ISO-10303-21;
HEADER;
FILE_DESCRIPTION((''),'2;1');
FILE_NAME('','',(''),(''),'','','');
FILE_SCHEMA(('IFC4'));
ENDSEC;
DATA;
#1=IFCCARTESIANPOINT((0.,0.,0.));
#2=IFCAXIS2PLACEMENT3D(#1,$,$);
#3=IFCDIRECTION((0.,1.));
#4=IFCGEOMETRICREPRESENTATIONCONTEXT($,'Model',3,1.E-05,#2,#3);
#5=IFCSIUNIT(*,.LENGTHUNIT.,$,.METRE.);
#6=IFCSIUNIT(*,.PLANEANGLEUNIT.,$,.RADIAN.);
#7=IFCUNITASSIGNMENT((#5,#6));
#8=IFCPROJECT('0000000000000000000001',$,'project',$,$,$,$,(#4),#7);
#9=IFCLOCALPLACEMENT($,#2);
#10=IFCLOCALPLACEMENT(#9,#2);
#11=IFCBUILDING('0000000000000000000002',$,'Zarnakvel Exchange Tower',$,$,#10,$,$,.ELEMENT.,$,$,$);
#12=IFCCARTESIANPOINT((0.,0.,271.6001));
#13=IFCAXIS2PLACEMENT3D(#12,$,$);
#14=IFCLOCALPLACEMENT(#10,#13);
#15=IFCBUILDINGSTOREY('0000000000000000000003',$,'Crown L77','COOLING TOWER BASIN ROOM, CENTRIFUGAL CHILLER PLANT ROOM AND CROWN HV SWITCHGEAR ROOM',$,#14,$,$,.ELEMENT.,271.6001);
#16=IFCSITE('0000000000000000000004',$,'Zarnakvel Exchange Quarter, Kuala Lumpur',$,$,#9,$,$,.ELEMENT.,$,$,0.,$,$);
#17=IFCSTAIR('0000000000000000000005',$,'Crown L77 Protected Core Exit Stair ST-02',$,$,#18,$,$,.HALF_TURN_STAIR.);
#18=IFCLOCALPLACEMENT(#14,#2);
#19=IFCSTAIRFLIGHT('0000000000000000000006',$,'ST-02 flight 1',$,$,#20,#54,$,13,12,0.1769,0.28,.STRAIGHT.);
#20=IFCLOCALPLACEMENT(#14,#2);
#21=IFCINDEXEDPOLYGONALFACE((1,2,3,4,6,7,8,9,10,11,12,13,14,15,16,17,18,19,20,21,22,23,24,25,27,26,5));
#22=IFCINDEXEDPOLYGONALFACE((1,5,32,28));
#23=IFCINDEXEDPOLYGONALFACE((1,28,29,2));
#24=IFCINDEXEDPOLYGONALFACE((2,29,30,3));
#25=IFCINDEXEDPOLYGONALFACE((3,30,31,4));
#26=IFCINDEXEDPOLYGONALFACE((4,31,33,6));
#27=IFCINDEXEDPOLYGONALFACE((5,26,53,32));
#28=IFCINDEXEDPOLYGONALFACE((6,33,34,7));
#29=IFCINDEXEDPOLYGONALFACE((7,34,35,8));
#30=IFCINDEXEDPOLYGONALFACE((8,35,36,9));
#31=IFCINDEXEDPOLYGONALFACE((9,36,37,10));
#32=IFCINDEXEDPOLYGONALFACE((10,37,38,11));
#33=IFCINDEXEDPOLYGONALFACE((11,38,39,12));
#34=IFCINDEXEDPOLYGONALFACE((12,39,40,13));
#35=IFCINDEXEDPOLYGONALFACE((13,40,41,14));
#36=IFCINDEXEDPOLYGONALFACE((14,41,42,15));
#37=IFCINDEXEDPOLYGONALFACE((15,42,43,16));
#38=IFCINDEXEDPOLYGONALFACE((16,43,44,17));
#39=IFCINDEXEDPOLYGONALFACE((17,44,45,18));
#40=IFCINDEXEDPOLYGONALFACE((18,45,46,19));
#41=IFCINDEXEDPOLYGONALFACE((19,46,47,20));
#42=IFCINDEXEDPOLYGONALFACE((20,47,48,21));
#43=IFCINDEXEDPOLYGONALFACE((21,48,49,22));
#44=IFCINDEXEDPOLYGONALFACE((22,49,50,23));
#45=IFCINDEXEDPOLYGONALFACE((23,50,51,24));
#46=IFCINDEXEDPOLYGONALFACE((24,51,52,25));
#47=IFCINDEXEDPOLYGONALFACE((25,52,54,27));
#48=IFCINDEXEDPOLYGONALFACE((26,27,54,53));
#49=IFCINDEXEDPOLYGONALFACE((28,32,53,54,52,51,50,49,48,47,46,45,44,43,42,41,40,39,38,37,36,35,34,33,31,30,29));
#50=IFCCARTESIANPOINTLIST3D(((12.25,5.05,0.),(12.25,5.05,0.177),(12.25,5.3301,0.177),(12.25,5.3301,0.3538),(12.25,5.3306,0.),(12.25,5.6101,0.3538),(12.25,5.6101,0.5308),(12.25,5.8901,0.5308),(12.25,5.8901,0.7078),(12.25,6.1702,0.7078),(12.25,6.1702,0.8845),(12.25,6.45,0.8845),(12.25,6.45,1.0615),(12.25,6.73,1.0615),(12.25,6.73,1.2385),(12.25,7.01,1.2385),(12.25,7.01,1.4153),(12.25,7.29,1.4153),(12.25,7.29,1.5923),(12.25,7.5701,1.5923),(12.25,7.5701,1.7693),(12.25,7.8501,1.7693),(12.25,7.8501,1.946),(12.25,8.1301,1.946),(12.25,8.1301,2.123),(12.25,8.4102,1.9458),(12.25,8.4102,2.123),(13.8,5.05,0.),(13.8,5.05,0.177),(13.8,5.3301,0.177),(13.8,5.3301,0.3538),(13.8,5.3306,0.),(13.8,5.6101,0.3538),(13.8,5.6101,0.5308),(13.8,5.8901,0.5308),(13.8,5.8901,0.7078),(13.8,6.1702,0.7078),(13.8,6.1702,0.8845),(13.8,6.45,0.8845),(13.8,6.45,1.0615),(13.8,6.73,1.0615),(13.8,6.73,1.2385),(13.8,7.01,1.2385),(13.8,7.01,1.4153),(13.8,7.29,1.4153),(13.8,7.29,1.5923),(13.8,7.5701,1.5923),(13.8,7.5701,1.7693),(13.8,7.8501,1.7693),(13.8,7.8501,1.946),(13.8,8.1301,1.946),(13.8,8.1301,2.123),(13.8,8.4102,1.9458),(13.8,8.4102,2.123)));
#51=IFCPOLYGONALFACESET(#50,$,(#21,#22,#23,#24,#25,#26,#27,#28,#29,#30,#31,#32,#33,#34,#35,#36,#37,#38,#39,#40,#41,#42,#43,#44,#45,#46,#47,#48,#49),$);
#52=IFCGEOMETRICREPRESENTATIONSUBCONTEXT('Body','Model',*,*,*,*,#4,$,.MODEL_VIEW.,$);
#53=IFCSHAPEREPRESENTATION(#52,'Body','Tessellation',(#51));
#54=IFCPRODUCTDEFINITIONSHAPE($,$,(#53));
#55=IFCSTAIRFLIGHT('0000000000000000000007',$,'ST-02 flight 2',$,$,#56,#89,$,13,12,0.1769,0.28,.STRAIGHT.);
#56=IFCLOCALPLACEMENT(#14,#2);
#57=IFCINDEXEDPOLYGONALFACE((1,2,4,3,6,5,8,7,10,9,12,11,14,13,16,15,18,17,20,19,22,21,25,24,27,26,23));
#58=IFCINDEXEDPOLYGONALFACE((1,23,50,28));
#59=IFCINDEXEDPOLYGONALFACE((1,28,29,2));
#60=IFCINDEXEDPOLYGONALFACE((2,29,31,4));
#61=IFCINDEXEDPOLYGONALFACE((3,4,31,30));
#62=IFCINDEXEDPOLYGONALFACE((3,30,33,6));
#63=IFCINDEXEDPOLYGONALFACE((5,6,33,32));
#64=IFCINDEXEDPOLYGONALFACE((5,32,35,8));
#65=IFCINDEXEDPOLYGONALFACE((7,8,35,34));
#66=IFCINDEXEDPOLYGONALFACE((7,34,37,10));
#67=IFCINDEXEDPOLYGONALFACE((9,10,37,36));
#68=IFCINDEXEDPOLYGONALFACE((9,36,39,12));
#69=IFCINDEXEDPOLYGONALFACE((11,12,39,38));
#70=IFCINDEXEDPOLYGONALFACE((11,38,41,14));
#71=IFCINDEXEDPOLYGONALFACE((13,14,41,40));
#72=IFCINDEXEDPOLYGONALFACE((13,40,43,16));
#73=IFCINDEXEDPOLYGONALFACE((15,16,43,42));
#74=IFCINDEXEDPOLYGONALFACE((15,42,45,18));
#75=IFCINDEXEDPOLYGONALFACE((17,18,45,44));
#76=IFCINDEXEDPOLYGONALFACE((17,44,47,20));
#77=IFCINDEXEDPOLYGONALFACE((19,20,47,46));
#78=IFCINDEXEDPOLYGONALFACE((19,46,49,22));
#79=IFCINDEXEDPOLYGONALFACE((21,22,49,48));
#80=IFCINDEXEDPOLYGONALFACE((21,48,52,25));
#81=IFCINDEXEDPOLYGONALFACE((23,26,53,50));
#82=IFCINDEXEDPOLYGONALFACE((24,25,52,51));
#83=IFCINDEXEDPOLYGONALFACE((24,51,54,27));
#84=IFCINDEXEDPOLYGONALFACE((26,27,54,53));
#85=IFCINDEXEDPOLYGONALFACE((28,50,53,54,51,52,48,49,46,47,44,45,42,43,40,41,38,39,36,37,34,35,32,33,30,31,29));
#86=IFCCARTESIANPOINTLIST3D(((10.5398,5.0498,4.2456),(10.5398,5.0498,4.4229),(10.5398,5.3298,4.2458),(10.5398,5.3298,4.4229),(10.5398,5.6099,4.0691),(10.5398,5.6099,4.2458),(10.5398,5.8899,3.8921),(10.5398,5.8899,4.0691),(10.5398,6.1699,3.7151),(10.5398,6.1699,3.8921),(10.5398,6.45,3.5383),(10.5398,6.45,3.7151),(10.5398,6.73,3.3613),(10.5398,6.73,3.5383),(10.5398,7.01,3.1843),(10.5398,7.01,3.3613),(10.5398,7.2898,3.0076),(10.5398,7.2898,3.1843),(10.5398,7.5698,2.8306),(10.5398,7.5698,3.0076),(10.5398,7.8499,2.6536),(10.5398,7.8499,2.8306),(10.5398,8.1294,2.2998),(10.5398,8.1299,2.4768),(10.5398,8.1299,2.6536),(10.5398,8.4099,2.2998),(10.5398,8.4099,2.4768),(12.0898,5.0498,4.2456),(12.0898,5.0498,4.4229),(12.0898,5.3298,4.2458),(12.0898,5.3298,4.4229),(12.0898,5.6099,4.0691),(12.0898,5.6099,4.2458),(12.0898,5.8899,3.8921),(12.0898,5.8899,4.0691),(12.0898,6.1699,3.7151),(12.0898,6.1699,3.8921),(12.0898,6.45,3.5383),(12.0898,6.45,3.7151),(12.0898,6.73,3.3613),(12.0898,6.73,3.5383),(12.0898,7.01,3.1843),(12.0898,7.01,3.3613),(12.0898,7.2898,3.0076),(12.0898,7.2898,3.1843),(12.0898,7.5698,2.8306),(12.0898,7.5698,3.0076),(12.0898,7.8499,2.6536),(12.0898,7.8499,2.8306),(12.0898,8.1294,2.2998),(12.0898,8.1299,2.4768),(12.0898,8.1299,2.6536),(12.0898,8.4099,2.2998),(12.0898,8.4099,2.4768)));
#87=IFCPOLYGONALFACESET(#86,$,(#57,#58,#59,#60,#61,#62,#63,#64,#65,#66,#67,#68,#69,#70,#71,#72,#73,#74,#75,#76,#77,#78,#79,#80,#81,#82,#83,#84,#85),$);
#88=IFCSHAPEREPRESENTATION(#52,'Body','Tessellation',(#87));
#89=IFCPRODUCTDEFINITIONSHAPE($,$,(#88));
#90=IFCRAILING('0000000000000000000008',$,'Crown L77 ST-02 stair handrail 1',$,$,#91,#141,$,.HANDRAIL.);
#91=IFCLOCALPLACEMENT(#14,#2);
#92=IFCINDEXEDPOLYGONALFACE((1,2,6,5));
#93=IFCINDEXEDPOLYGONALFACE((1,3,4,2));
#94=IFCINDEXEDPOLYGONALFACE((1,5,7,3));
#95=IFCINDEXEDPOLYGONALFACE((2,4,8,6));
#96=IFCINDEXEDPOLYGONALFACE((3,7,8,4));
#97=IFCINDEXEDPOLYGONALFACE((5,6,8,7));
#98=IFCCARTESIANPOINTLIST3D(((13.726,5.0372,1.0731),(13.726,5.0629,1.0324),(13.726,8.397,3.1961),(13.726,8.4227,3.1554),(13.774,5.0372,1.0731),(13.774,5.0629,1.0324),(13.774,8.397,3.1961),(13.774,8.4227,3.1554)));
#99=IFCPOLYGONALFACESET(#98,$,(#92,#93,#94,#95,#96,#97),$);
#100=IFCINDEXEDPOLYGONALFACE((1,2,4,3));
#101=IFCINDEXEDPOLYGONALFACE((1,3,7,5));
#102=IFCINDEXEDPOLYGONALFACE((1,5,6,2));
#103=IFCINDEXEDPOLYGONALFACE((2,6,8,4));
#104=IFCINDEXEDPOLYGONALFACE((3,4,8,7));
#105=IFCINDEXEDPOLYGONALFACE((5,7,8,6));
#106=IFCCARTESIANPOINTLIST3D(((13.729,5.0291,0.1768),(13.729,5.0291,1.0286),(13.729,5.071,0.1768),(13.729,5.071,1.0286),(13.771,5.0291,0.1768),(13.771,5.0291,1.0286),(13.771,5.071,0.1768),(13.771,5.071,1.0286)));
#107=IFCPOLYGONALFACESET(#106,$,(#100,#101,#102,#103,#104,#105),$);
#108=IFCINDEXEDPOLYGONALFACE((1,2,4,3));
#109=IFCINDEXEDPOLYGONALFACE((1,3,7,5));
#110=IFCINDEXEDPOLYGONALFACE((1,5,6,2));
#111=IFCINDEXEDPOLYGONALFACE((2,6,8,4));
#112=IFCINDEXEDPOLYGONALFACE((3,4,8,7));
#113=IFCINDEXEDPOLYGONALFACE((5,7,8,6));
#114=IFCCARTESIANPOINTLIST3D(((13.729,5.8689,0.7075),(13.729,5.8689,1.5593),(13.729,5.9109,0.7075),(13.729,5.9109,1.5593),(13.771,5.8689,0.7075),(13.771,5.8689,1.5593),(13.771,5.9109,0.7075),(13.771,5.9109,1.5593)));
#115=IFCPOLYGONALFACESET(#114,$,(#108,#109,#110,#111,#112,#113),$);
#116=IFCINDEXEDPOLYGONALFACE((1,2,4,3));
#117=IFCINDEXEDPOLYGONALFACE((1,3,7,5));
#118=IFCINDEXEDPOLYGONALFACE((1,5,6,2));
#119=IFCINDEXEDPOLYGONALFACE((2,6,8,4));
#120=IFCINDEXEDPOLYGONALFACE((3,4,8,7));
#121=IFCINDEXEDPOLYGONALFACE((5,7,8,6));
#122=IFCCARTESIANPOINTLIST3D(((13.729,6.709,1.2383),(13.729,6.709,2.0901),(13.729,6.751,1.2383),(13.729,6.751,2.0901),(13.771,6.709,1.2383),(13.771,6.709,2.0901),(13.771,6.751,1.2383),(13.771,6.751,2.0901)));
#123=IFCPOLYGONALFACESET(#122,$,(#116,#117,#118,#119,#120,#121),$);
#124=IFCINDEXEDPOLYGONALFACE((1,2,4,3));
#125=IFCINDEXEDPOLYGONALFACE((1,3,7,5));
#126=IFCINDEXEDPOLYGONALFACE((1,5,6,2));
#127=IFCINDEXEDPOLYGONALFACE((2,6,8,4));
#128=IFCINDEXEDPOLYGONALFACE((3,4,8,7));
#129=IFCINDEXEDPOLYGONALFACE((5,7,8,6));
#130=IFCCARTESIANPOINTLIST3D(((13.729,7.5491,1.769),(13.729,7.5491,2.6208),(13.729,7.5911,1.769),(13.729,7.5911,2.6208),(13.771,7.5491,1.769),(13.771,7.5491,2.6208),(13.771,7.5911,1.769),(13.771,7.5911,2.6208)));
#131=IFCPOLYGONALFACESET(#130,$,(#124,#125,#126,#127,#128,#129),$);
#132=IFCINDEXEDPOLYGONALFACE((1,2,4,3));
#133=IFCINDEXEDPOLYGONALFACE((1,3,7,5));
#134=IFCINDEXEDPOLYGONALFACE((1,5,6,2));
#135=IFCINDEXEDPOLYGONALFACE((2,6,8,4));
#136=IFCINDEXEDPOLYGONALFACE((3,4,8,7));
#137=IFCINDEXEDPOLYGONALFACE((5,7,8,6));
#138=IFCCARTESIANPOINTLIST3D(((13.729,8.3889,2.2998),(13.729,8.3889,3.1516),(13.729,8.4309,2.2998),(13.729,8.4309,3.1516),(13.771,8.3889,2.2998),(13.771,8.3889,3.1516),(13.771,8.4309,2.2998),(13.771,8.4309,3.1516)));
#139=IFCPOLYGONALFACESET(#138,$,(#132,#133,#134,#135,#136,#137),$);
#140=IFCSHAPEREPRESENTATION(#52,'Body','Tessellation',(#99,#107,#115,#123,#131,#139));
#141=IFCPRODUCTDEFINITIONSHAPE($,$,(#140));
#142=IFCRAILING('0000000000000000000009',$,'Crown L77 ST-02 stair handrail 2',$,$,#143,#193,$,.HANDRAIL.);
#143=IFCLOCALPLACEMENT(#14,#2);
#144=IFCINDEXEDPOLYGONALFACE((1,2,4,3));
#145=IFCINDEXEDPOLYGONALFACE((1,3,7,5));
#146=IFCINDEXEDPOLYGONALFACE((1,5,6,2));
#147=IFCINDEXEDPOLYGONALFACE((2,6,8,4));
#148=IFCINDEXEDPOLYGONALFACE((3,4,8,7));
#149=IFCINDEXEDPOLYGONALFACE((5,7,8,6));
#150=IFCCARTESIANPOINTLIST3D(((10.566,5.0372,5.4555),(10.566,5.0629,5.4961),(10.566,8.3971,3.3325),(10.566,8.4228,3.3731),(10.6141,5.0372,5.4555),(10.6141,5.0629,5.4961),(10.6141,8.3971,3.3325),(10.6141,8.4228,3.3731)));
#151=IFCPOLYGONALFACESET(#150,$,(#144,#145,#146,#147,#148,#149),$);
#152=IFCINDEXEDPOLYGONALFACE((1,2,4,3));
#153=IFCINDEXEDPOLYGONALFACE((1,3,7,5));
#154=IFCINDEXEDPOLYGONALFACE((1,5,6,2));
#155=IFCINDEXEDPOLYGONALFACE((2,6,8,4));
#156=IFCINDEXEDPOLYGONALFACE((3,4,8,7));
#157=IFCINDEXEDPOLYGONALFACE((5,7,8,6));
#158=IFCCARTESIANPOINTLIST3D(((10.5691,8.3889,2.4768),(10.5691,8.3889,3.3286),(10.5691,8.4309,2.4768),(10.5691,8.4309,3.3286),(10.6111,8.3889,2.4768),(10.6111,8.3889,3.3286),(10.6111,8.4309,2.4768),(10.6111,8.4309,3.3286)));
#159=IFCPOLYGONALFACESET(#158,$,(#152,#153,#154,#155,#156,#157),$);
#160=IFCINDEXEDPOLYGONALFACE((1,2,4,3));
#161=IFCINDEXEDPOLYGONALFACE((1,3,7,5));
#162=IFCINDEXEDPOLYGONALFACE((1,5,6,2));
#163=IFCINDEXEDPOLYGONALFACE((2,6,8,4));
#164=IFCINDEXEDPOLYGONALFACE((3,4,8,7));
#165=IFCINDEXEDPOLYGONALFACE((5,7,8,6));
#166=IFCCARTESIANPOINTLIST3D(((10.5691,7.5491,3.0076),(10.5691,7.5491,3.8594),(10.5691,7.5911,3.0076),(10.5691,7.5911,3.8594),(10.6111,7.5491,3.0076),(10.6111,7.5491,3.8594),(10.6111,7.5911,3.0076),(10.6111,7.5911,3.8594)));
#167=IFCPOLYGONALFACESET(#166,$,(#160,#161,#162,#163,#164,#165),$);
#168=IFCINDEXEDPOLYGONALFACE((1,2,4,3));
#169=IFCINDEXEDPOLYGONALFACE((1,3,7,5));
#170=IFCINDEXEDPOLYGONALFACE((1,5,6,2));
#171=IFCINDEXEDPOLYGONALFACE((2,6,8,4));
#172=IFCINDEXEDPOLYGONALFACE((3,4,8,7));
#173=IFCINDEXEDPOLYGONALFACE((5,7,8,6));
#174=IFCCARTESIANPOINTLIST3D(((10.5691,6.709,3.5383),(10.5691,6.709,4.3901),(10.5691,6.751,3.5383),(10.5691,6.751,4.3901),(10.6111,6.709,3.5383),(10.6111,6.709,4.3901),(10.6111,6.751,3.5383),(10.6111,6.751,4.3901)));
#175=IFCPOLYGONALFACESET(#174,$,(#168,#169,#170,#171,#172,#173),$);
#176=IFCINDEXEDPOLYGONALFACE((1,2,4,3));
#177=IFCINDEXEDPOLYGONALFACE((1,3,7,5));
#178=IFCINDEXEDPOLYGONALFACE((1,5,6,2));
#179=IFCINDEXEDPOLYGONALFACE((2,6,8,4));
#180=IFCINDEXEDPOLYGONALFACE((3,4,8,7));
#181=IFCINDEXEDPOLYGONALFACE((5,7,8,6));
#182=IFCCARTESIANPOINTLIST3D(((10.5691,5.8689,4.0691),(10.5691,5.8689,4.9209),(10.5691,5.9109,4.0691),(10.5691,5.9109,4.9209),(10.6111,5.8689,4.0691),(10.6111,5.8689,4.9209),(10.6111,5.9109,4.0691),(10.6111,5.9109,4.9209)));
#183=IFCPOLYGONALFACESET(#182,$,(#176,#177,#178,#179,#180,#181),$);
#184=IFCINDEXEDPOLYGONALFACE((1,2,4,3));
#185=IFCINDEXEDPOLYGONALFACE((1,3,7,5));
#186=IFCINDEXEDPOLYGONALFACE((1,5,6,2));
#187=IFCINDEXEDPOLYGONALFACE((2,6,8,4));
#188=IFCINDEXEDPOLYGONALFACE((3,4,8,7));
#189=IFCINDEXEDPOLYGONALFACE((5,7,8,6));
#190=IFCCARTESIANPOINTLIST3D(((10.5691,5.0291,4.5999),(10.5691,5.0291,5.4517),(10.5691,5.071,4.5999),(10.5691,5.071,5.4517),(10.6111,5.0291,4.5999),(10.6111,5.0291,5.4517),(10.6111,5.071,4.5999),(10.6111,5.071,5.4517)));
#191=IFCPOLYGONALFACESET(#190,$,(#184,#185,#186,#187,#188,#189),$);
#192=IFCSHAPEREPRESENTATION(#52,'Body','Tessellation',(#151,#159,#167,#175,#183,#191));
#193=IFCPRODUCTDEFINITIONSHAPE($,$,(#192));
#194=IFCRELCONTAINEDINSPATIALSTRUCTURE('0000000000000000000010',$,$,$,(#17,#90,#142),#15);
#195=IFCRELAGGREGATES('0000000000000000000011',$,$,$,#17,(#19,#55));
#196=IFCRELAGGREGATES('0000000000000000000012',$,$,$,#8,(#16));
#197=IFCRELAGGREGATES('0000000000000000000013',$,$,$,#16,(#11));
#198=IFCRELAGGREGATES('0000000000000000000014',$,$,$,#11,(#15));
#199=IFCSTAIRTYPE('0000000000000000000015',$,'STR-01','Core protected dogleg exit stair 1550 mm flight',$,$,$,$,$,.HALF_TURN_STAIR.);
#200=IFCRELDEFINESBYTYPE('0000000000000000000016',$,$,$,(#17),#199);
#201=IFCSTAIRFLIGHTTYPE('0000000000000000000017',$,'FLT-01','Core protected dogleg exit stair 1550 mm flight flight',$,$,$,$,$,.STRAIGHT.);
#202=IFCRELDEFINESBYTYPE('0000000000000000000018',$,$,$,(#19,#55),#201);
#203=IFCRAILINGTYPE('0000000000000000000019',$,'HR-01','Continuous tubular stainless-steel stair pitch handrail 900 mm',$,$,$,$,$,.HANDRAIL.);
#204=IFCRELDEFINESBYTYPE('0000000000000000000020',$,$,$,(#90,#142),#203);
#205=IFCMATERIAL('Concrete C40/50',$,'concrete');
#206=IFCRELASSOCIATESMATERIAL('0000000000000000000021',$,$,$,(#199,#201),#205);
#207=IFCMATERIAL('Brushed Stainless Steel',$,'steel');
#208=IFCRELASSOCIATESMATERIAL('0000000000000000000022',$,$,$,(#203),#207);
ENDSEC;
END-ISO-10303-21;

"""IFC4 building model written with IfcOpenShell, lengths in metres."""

from ifc_helpers import new_model, si_unit, direction, frame, origin, origin_2d, place, context, subcontext, project, spatial, polyline, rectangle, outline, extrude, material, type_object, element, aggregate, save


model = new_model("IFC4")

# Units and contexts
model_context = context("Model", 3, precision=1e-05, world=origin(), true_north=direction((0.0, 1.0)))
body_context = subcontext(model_context, "Body", "Model", "MODEL_VIEW")
ifc_project = project(units=[si_unit("LENGTHUNIT", "METRE"), si_unit("PLANEANGLEUNIT", "RADIAN")], contexts=[model_context])

# Site, building, storey
site_placement = place(None, origin())
site = spatial("IfcSite", under=ifc_project, at=site_placement, Name="Zarnakvel Exchange Quarter, Kuala Lumpur", CompositionType="ELEMENT", RefElevation=0.0)
building_placement = place(site_placement, origin())
building = spatial("IfcBuilding", under=site, at=building_placement, Name="Zarnakvel Exchange Tower", CompositionType="ELEMENT")
storey_placement = place(building_placement, frame((0.0, 0.0, 271.6001)))
storey = spatial("IfcBuildingStorey", under=building, at=storey_placement, Name="Crown L77", Description="COOLING TOWER BASIN ROOM, CENTRIFUGAL CHILLER PLANT ROOM AND CROWN HV SWITCHGEAR ROOM", CompositionType="ELEMENT", Elevation=271.6001)

# Shared definitions
ifc_material_1 = material(Name="Concrete C40/50", Category="concrete")

# Stair, stair flights
stair_type = type_object("IfcStairType", Name="STR-01", Description="Core protected dogleg exit stair 1550 mm flight", PredefinedType="HALF_TURN_STAIR", material=ifc_material_1)
stair_placement = place(storey_placement, origin())
stair = element("IfcStair", 1, at=stair_placement, inside=storey, type_object=stair_type, Name="Crown L77 Protected Core Exit Stair ST-02", PredefinedType="HALF_TURN_STAIR")
stair_flight_type = type_object("IfcStairFlightType", Name="FLT-01", Description="Core protected dogleg exit stair 1550 mm flight flight", PredefinedType="STRAIGHT", material=ifc_material_1)
stair_flight_1_placement = place(storey_placement, frame((13.0249, 5.05, 0.0), z_axis=(0.0, 0.0, 1.0), x_axis=(0.0, 1.0, 0.0)))
stair_flight_1 = element("IfcStairFlight", 2, at=stair_flight_1_placement, type_object=stair_flight_type, Name="ST-02 flight 1", NumberOfRisers=13, NumberOfTreads=12, PredefinedType="STRAIGHT", RiserHeight=0.1769, TreadLength=0.28, context=body_context, shape_type="SweptSolid", body=[
    extrude(outline(polyline([(0.0, 0.0), (0.0, 0.177), (0.28, 0.177), (0.28, 0.3538), (0.5601, 0.3538), (0.5601, 0.5308), (0.8401, 0.5308), (0.8401, 0.7078), (1.1201, 0.7078), (1.1201, 0.8845), (1.3999, 0.8845), (1.3999, 1.0615), (1.6799, 1.0615), (1.6799, 1.2385), (1.96, 1.2385), (1.96, 1.4153), (2.24, 1.4153), (2.24, 1.5923), (2.52, 1.5923), (2.52, 1.7693), (2.8, 1.7693), (2.8, 1.946), (3.0801, 1.946), (3.0801, 2.123), (3.3601, 2.123), (3.3601, 2.3), (3.3601, 1.9458), (0.2805, 0.0), (0.0, 0.0)])), frame((0.0, 0.7749, 0.0), z_axis=(0.0, -1.0, 0.0), x_axis=(1.0, 0.0, 0.0)), (0.0, 0.0, 1.0), 1.55),
])
stair_flight_2_placement = place(storey_placement, frame((11.3149, 8.4099, 2.2998), z_axis=(0.0, 0.0, 1.0), x_axis=(0.0, -1.0, 0.0)))
stair_flight_2 = element("IfcStairFlight", 3, at=stair_flight_2_placement, type_object=stair_flight_type, Name="ST-02 flight 2", NumberOfRisers=13, NumberOfTreads=12, PredefinedType="STRAIGHT", RiserHeight=0.1769, TreadLength=0.28, context=body_context, shape_type="SweptSolid", body=[
    extrude(outline(polyline([(0.0, 0.0), (0.0, 0.177), (0.28, 0.177), (0.28, 0.3538), (0.5601, 0.3538), (0.5601, 0.5308), (0.8401, 0.5308), (0.8401, 0.7078), (1.1201, 0.7078), (1.1201, 0.8845), (1.3999, 0.8845), (1.3999, 1.0615), (1.6799, 1.0615), (1.6799, 1.2385), (1.96, 1.2385), (1.96, 1.4153), (2.24, 1.4153), (2.24, 1.5923), (2.52, 1.5923), (2.52, 1.7693), (2.8, 1.7693), (2.8, 1.946), (3.0801, 1.946), (3.0801, 2.123), (3.3601, 2.123), (3.3601, 2.3), (3.3601, 1.9458), (0.2805, 0.0), (0.0, 0.0)])), frame((0.0, 0.7749, 0.0), z_axis=(0.0, -1.0, 0.0), x_axis=(1.0, 0.0, 0.0)), (0.0, 0.0, 1.0), 1.55),
])
aggregate(stair, [stair_flight_1, stair_flight_2])

# Railings
ifc_material_2 = material(Name="Brushed Stainless Steel", Category="steel")
railing_type_1 = type_object("IfcRailingType", Name="HR-01", Description="Continuous tubular stainless-steel stair pitch handrail 900 mm", PredefinedType="HANDRAIL", material=ifc_material_2)
railing_1_placement = place(storey_placement, frame((13.75, 5.05, 0.1768)))
element("IfcRailing", 4, at=railing_1_placement, inside=storey, type_object=railing_type_1, Name="Crown L77 ST-02 stair handrail 1", PredefinedType="HANDRAIL", context=body_context, shape_type="SweptSolid", body=[
    extrude(rectangle(XDim=0.0481, YDim=0.0481, at=origin_2d()), frame((0.0, 0.0, 0.876), z_axis=(0.0, 0.845372, 0.534178), x_axis=(-1.0, 0.0, 0.0)), (0.0, 0.0, 1.0), 3.9744),
    extrude(rectangle(XDim=0.042, YDim=0.042, at=origin_2d()), origin(), (0.0, 0.0, 1.0), 0.8518),
    extrude(rectangle(XDim=0.042, YDim=0.042, at=origin_2d()), frame((0.0, 0.8398, 0.5308)), (0.0, 0.0, 1.0), 0.8518),
    extrude(rectangle(XDim=0.042, YDim=0.042, at=origin_2d()), frame((0.0, 1.6799, 1.0615)), (0.0, 0.0, 1.0), 0.8518),
    extrude(rectangle(XDim=0.042, YDim=0.042, at=origin_2d()), frame((0.0, 2.52, 1.5923)), (0.0, 0.0, 1.0), 0.8518),
    extrude(rectangle(XDim=0.042, YDim=0.042, at=origin_2d()), frame((0.0, 3.3599, 2.123)), (0.0, 0.0, 1.0), 0.8518),
])
railing_2_placement = place(storey_placement, frame((10.5901, 8.4099, 2.4768)))
element("IfcRailing", 5, at=railing_2_placement, inside=storey, type_object=railing_type_1, Name="Crown L77 ST-02 stair handrail 2", PredefinedType="HANDRAIL", context=body_context, shape_type="SweptSolid", body=[
    extrude(rectangle(XDim=0.0481, YDim=0.0481, at=origin_2d()), frame((0.0, 0.0, 0.876), z_axis=(0.0, -0.845372, 0.534178), x_axis=(1.0, 0.0, 0.0)), (0.0, 0.0, 1.0), 3.9744),
    extrude(rectangle(XDim=0.042, YDim=0.042, at=origin_2d()), origin(), (0.0, 0.0, 1.0), 0.8518),
    extrude(rectangle(XDim=0.042, YDim=0.042, at=origin_2d()), frame((0.0, -0.8398, 0.5308)), (0.0, 0.0, 1.0), 0.8518),
    extrude(rectangle(XDim=0.042, YDim=0.042, at=origin_2d()), frame((0.0, -1.6799, 1.0615)), (0.0, 0.0, 1.0), 0.8518),
    extrude(rectangle(XDim=0.042, YDim=0.042, at=origin_2d()), frame((0.0, -2.52, 1.5923)), (0.0, 0.0, 1.0), 0.8518),
    extrude(rectangle(XDim=0.042, YDim=0.042, at=origin_2d()), frame((0.0, -3.3599, 2.123)), (0.0, 0.0, 1.0), 0.8518),
])

save(model, "model.ifc")
